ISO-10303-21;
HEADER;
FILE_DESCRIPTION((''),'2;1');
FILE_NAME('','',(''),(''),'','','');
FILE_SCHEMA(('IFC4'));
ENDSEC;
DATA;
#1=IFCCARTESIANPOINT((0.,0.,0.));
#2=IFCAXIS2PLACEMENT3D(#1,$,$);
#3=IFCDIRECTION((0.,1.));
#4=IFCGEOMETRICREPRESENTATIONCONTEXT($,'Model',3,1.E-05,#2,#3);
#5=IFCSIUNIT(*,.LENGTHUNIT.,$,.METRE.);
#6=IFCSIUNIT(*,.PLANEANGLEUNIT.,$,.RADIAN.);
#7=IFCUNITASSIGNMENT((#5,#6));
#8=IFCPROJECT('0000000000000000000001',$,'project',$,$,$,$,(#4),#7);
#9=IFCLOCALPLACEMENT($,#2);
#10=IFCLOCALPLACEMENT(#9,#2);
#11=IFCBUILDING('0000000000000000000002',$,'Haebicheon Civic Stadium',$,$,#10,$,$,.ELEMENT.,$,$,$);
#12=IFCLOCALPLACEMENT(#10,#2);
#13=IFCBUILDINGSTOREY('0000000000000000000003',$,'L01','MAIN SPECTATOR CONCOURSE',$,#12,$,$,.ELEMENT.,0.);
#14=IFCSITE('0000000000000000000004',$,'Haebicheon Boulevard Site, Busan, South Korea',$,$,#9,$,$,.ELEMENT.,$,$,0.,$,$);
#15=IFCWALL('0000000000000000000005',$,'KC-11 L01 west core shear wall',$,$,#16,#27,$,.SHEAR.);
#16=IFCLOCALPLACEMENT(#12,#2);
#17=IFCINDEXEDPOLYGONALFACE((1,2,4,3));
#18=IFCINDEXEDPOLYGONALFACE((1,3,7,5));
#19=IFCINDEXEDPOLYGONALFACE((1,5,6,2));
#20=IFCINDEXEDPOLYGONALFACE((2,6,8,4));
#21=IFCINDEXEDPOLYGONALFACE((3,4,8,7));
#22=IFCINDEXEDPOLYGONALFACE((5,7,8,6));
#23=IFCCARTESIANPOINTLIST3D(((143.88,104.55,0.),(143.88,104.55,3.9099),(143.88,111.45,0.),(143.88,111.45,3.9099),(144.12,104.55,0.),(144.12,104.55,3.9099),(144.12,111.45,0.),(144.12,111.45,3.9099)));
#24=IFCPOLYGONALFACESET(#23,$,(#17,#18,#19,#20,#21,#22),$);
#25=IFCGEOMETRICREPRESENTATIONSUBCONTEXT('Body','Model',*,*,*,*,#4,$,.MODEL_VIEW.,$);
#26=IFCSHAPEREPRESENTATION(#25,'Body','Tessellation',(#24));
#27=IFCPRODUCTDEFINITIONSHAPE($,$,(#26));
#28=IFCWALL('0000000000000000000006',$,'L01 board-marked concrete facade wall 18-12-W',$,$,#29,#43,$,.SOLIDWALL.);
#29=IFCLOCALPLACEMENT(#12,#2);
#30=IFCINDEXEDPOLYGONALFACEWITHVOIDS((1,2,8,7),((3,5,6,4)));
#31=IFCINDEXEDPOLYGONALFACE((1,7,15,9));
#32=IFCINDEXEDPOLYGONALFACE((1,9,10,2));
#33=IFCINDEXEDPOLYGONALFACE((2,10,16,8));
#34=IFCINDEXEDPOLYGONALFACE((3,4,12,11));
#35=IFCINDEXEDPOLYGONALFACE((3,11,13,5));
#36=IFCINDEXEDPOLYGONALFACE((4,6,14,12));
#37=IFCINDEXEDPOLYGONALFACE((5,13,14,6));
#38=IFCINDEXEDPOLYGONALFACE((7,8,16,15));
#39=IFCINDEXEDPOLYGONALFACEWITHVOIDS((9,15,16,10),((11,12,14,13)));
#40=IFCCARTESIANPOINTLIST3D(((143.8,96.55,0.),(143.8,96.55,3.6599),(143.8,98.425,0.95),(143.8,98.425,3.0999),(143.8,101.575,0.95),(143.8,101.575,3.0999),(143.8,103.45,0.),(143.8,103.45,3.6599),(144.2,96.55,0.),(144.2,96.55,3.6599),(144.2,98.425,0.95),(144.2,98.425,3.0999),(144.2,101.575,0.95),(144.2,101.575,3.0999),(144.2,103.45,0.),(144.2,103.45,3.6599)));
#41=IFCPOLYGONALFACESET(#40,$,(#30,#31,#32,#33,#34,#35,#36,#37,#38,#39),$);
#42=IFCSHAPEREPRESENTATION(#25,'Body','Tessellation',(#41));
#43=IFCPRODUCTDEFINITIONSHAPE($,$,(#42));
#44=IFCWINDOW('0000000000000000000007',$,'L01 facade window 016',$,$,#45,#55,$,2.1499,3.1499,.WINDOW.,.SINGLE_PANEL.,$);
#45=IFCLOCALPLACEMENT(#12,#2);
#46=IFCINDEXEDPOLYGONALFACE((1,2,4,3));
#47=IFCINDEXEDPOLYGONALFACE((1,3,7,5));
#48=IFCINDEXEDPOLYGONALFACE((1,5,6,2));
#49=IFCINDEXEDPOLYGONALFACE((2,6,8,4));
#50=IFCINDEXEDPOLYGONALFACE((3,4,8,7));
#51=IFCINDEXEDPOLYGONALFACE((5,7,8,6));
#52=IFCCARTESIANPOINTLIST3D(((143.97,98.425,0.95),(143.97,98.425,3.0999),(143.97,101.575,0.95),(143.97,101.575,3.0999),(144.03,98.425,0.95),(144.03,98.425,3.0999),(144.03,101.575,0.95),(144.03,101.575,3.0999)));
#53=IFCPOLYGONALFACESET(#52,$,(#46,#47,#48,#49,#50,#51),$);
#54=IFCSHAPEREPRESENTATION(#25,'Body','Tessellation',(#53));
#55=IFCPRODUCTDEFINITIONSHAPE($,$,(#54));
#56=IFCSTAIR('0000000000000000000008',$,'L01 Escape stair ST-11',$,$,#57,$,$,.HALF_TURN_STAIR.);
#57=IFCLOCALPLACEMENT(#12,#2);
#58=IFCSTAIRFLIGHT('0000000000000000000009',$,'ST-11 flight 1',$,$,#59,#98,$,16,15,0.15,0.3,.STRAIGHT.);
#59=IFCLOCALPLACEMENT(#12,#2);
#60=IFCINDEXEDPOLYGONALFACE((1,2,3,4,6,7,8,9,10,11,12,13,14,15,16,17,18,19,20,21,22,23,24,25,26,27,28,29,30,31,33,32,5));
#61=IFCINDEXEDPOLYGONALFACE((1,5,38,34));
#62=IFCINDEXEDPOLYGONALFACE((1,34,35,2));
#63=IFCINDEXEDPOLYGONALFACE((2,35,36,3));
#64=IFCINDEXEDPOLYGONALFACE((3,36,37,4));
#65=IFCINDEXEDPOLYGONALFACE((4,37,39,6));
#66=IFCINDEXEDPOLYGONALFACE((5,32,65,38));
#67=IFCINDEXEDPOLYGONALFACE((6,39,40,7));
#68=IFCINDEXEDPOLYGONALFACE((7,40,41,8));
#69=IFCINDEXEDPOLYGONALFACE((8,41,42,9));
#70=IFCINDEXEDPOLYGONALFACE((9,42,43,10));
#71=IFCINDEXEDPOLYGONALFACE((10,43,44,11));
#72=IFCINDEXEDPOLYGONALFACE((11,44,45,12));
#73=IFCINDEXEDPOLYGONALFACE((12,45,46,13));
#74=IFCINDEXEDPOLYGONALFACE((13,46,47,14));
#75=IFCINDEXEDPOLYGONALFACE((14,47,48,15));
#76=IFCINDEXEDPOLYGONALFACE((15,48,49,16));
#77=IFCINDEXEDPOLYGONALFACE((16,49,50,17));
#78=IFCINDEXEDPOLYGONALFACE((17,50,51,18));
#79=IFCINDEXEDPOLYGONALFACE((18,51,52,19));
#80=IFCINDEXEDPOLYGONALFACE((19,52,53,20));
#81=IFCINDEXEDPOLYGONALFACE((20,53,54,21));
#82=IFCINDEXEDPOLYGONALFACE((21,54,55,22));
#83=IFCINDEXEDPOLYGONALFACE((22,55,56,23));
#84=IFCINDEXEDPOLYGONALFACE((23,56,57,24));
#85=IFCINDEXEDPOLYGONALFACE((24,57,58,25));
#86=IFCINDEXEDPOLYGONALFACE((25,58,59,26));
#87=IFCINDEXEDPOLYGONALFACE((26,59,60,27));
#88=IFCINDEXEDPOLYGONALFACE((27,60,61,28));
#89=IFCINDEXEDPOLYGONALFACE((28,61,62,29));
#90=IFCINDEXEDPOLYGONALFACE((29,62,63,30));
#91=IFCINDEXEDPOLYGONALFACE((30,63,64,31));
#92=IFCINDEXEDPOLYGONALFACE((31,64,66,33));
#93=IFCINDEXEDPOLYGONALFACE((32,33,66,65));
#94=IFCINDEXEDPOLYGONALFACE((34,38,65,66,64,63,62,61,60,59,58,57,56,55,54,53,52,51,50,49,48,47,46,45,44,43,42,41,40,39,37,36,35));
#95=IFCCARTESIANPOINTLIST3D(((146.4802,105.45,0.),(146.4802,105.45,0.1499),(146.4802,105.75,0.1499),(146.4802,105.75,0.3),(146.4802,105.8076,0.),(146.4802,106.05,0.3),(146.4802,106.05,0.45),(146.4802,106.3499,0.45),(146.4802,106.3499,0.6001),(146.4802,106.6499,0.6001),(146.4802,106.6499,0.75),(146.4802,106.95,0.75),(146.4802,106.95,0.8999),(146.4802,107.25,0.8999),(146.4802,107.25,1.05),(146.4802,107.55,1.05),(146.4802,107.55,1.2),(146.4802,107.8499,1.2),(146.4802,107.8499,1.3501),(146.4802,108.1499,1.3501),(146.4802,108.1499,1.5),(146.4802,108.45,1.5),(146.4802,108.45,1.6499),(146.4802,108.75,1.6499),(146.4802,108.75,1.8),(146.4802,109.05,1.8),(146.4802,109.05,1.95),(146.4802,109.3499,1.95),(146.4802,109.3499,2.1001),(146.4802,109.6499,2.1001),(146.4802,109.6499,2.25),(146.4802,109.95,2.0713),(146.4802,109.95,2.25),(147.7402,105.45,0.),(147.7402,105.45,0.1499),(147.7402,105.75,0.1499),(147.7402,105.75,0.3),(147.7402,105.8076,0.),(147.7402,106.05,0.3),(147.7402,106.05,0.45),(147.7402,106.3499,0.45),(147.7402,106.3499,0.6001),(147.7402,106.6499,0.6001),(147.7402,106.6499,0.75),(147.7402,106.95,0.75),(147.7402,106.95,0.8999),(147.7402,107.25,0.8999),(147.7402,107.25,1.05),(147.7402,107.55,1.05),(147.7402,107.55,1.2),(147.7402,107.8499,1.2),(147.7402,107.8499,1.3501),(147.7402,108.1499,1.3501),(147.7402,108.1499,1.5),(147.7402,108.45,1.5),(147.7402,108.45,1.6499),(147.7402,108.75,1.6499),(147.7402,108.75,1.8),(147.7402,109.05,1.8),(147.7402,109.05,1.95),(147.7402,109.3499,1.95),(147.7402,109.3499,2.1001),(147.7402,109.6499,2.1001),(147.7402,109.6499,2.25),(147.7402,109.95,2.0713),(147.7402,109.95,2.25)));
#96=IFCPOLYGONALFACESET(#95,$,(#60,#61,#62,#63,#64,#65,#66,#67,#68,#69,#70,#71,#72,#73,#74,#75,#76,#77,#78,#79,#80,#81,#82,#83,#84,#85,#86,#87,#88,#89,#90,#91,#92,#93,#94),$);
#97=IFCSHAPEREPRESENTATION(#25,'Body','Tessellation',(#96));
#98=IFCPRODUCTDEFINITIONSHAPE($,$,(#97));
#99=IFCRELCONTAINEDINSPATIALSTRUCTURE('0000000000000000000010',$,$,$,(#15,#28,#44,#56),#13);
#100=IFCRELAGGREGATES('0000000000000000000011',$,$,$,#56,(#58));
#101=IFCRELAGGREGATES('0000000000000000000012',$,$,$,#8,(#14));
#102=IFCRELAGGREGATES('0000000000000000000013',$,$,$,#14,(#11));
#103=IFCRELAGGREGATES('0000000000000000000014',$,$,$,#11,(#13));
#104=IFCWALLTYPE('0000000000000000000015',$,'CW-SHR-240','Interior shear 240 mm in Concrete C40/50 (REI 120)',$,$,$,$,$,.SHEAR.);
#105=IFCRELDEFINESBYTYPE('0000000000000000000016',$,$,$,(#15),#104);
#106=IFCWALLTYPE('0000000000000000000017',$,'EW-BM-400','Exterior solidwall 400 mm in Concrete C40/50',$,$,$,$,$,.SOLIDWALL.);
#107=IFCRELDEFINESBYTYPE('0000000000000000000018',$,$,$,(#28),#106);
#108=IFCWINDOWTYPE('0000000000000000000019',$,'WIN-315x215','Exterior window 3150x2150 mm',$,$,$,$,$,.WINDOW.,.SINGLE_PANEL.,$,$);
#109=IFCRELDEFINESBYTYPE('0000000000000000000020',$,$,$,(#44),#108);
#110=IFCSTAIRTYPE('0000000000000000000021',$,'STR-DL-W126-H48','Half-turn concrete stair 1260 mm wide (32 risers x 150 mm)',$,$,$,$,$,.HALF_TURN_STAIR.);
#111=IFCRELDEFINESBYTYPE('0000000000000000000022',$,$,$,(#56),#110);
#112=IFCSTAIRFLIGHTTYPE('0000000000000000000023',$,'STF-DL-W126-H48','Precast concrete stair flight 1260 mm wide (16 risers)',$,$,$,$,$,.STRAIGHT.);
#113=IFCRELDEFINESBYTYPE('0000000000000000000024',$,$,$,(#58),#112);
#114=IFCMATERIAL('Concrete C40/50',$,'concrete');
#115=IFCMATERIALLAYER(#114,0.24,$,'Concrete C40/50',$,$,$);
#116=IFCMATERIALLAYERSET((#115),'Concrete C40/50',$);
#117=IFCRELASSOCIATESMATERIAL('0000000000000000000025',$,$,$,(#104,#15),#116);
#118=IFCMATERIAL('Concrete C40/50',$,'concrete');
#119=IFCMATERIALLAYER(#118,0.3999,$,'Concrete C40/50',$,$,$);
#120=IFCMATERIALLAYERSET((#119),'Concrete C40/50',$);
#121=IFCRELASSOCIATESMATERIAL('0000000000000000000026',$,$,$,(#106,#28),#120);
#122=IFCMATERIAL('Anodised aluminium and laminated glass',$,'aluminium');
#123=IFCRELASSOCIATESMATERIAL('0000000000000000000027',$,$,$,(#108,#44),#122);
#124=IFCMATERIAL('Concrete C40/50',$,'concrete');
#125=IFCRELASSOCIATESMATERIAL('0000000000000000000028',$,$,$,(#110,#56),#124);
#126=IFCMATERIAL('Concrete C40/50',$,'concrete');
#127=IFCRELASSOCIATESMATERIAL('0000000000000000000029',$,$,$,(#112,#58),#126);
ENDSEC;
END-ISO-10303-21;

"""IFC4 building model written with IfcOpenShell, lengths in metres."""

from ifc_helpers import new_model, si_unit, direction, frame, frame_2d, origin, place, context, subcontext, project, spatial, polyline, rectangle, outline, extrude, material, layer, layer_set, type_object, element, fill, aggregate, save


model = new_model("IFC4")

# Units and contexts
model_context = context("Model", 3, precision=1e-05, world=origin(), true_north=direction((0.0, 1.0)))
body_context = subcontext(model_context, "Body", "Model", "MODEL_VIEW")
ifc_project = project(units=[si_unit("LENGTHUNIT", "METRE"), si_unit("PLANEANGLEUNIT", "RADIAN")], contexts=[model_context])

# Site, building, storey
site_placement = place(None, origin())
site = spatial("IfcSite", under=ifc_project, at=site_placement, Name="Haebicheon Boulevard Site, Busan, South Korea", CompositionType="ELEMENT", RefElevation=0.0)
building_placement = place(site_placement, origin())
building = spatial("IfcBuilding", under=site, at=building_placement, Name="Haebicheon Civic Stadium", CompositionType="ELEMENT")
storey_placement = place(building_placement, origin())
storey = spatial("IfcBuildingStorey", under=building, at=storey_placement, Name="L01", Description="MAIN SPECTATOR CONCOURSE", CompositionType="ELEMENT", Elevation=0.0)

# Shared definitions
ifc_material_1 = material(Name="Concrete C40/50", Category="concrete")
ifc_layer_1 = layer(ifc_material_1, 0.24, Name="Concrete C40/50")
ifc_layer_set_1 = layer_set([ifc_layer_1], Name="Concrete C40/50")
wall_type_1 = type_object("IfcWallType", Name="CW-SHR-240", Description="Interior shear 240 mm in Concrete C40/50 (REI 120)", PredefinedType="SHEAR", material=ifc_layer_set_1)

# Wall
wall_1_placement = place(storey_placement, frame((144.0, 104.55, 0.0), z_axis=(0.0, 0.0, 1.0), x_axis=(0.0, 1.0, 0.0)))
element("IfcWall", 1, at=wall_1_placement, inside=storey, type_object=wall_type_1, material=ifc_layer_set_1, Name="KC-11 L01 west core shear wall", PredefinedType="SHEAR", context=body_context, shape_type="SweptSolid", body=[
    extrude(rectangle(XDim=6.8999, YDim=0.24, at=frame_2d((3.45, 0.0))), origin(), (0.0, 0.0, 1.0), 3.9099),
])

# Wall, opening, window
ifc_material_2 = material(Name="Concrete C40/50", Category="concrete")
ifc_layer_2 = layer(ifc_material_2, 0.3999, Name="Concrete C40/50")
ifc_layer_set_2 = layer_set([ifc_layer_2], Name="Concrete C40/50")
wall_type_2 = type_object("IfcWallType", Name="EW-BM-400", Description="Exterior solidwall 400 mm in Concrete C40/50", PredefinedType="SOLIDWALL", material=ifc_layer_set_2)
wall_2_placement = place(storey_placement, frame((144.0, 96.55, 0.0), z_axis=(0.0, 0.0, 1.0), x_axis=(0.0, 1.0, 0.0)))
wall_2 = element("IfcWall", 2, at=wall_2_placement, inside=storey, type_object=wall_type_2, material=ifc_layer_set_2, Name="L01 board-marked concrete facade wall 18-12-W", PredefinedType="SOLIDWALL", context=body_context, shape_type="SweptSolid", body=[
    extrude(rectangle(XDim=6.8999, YDim=0.3999, at=frame_2d((3.45, 0.0))), origin(), (0.0, 0.0, 1.0), 3.6599),
])
opening_1_placement = place(wall_2_placement, frame((1.875, 0.0, 0.95)))
opening_1 = element("IfcOpeningElement", 3, at=opening_1_placement, cuts=wall_2, PredefinedType="OPENING", context=body_context, shape_type="SweptSolid", body=[
    extrude(rectangle(XDim=3.1499, YDim=2.1499, at=frame_2d((1.575, 1.075))), frame((0.0, 0.21, 0.0), z_axis=(0.0, -1.0, 0.0), x_axis=(1.0, 0.0, 0.0)), (0.0, 0.0, 1.0), 0.4199),
])
ifc_material_3 = material(Name="Anodised aluminium and laminated glass", Category="aluminium")
window_type = type_object("IfcWindowType", Name="WIN-315x215", Description="Exterior window 3150x2150 mm", PartitioningType="SINGLE_PANEL", PredefinedType="WINDOW", material=ifc_material_3)
window_placement = place(opening_1_placement, origin())
window = element("IfcWindow", 4, at=window_placement, inside=storey, type_object=window_type, material=ifc_material_3, Name="L01 facade window 016", OverallHeight=2.1499, OverallWidth=3.1499, PartitioningType="SINGLE_PANEL", PredefinedType="WINDOW", context=body_context, shape_type="SweptSolid", body=[
    extrude(rectangle(XDim=3.1499, YDim=2.1499, at=frame_2d((1.575, 1.075))), frame((0.0, 0.03, 0.0), z_axis=(0.0, -1.0, 0.0), x_axis=(1.0, 0.0, 0.0)), (0.0, 0.0, 1.0), 0.0601),
])
fill(opening_1, window)

# Stair, stair flight
ifc_material_4 = material(Name="Concrete C40/50", Category="concrete")
stair_type = type_object("IfcStairType", Name="STR-DL-W126-H48", Description="Half-turn concrete stair 1260 mm wide (32 risers x 150 mm)", PredefinedType="HALF_TURN_STAIR", material=ifc_material_4)
stair_placement = place(storey_placement, origin())
stair = element("IfcStair", 5, at=stair_placement, inside=storey, type_object=stair_type, material=ifc_material_4, Name="L01 Escape stair ST-11", PredefinedType="HALF_TURN_STAIR")
ifc_material_5 = material(Name="Concrete C40/50", Category="concrete")
stair_flight_type = type_object("IfcStairFlightType", Name="STF-DL-W126-H48", Description="Precast concrete stair flight 1260 mm wide (16 risers)", PredefinedType="STRAIGHT", material=ifc_material_5)
stair_flight_placement = place(storey_placement, frame((147.1101, 105.45, 0.0), z_axis=(0.0, 0.0, 1.0), x_axis=(0.0, 1.0, 0.0)))
stair_flight = element("IfcStairFlight", 6, at=stair_flight_placement, type_object=stair_flight_type, material=ifc_material_5, Name="ST-11 flight 1", NumberOfRisers=16, NumberOfTreads=15, PredefinedType="STRAIGHT", RiserHeight=0.15, TreadLength=0.3, context=body_context, shape_type="SweptSolid", body=[
    extrude(outline(polyline([(0.0, 0.0), (0.0, 0.1499), (0.3, 0.1499), (0.3, 0.3), (0.6001, 0.3), (0.6001, 0.45), (0.8999, 0.45), (0.8999, 0.6001), (1.2, 0.6001), (1.2, 0.75), (1.5, 0.75), (1.5, 0.8999), (1.8, 0.8999), (1.8, 1.05), (2.1001, 1.05), (2.1001, 1.2), (2.3999, 1.2), (2.3999, 1.3501), (2.7, 1.3501), (2.7, 1.5), (3.0, 1.5), (3.0, 1.6499), (3.3, 1.6499), (3.3, 1.8), (3.6001, 1.8), (3.6001, 1.95), (3.8999, 1.95), (3.8999, 2.1001), (4.2, 2.1001), (4.2, 2.25), (4.5, 2.25), (4.5, 2.3999), (4.5, 2.0713), (0.3577, 0.0), (0.0, 0.0)])), frame((0.0, 0.6299, 0.0), z_axis=(0.0, -1.0, 0.0), x_axis=(1.0, 0.0, 0.0)), (0.0, 0.0, 1.0), 1.26),
])
aggregate(stair, [stair_flight])

save(model, "model.ifc")
